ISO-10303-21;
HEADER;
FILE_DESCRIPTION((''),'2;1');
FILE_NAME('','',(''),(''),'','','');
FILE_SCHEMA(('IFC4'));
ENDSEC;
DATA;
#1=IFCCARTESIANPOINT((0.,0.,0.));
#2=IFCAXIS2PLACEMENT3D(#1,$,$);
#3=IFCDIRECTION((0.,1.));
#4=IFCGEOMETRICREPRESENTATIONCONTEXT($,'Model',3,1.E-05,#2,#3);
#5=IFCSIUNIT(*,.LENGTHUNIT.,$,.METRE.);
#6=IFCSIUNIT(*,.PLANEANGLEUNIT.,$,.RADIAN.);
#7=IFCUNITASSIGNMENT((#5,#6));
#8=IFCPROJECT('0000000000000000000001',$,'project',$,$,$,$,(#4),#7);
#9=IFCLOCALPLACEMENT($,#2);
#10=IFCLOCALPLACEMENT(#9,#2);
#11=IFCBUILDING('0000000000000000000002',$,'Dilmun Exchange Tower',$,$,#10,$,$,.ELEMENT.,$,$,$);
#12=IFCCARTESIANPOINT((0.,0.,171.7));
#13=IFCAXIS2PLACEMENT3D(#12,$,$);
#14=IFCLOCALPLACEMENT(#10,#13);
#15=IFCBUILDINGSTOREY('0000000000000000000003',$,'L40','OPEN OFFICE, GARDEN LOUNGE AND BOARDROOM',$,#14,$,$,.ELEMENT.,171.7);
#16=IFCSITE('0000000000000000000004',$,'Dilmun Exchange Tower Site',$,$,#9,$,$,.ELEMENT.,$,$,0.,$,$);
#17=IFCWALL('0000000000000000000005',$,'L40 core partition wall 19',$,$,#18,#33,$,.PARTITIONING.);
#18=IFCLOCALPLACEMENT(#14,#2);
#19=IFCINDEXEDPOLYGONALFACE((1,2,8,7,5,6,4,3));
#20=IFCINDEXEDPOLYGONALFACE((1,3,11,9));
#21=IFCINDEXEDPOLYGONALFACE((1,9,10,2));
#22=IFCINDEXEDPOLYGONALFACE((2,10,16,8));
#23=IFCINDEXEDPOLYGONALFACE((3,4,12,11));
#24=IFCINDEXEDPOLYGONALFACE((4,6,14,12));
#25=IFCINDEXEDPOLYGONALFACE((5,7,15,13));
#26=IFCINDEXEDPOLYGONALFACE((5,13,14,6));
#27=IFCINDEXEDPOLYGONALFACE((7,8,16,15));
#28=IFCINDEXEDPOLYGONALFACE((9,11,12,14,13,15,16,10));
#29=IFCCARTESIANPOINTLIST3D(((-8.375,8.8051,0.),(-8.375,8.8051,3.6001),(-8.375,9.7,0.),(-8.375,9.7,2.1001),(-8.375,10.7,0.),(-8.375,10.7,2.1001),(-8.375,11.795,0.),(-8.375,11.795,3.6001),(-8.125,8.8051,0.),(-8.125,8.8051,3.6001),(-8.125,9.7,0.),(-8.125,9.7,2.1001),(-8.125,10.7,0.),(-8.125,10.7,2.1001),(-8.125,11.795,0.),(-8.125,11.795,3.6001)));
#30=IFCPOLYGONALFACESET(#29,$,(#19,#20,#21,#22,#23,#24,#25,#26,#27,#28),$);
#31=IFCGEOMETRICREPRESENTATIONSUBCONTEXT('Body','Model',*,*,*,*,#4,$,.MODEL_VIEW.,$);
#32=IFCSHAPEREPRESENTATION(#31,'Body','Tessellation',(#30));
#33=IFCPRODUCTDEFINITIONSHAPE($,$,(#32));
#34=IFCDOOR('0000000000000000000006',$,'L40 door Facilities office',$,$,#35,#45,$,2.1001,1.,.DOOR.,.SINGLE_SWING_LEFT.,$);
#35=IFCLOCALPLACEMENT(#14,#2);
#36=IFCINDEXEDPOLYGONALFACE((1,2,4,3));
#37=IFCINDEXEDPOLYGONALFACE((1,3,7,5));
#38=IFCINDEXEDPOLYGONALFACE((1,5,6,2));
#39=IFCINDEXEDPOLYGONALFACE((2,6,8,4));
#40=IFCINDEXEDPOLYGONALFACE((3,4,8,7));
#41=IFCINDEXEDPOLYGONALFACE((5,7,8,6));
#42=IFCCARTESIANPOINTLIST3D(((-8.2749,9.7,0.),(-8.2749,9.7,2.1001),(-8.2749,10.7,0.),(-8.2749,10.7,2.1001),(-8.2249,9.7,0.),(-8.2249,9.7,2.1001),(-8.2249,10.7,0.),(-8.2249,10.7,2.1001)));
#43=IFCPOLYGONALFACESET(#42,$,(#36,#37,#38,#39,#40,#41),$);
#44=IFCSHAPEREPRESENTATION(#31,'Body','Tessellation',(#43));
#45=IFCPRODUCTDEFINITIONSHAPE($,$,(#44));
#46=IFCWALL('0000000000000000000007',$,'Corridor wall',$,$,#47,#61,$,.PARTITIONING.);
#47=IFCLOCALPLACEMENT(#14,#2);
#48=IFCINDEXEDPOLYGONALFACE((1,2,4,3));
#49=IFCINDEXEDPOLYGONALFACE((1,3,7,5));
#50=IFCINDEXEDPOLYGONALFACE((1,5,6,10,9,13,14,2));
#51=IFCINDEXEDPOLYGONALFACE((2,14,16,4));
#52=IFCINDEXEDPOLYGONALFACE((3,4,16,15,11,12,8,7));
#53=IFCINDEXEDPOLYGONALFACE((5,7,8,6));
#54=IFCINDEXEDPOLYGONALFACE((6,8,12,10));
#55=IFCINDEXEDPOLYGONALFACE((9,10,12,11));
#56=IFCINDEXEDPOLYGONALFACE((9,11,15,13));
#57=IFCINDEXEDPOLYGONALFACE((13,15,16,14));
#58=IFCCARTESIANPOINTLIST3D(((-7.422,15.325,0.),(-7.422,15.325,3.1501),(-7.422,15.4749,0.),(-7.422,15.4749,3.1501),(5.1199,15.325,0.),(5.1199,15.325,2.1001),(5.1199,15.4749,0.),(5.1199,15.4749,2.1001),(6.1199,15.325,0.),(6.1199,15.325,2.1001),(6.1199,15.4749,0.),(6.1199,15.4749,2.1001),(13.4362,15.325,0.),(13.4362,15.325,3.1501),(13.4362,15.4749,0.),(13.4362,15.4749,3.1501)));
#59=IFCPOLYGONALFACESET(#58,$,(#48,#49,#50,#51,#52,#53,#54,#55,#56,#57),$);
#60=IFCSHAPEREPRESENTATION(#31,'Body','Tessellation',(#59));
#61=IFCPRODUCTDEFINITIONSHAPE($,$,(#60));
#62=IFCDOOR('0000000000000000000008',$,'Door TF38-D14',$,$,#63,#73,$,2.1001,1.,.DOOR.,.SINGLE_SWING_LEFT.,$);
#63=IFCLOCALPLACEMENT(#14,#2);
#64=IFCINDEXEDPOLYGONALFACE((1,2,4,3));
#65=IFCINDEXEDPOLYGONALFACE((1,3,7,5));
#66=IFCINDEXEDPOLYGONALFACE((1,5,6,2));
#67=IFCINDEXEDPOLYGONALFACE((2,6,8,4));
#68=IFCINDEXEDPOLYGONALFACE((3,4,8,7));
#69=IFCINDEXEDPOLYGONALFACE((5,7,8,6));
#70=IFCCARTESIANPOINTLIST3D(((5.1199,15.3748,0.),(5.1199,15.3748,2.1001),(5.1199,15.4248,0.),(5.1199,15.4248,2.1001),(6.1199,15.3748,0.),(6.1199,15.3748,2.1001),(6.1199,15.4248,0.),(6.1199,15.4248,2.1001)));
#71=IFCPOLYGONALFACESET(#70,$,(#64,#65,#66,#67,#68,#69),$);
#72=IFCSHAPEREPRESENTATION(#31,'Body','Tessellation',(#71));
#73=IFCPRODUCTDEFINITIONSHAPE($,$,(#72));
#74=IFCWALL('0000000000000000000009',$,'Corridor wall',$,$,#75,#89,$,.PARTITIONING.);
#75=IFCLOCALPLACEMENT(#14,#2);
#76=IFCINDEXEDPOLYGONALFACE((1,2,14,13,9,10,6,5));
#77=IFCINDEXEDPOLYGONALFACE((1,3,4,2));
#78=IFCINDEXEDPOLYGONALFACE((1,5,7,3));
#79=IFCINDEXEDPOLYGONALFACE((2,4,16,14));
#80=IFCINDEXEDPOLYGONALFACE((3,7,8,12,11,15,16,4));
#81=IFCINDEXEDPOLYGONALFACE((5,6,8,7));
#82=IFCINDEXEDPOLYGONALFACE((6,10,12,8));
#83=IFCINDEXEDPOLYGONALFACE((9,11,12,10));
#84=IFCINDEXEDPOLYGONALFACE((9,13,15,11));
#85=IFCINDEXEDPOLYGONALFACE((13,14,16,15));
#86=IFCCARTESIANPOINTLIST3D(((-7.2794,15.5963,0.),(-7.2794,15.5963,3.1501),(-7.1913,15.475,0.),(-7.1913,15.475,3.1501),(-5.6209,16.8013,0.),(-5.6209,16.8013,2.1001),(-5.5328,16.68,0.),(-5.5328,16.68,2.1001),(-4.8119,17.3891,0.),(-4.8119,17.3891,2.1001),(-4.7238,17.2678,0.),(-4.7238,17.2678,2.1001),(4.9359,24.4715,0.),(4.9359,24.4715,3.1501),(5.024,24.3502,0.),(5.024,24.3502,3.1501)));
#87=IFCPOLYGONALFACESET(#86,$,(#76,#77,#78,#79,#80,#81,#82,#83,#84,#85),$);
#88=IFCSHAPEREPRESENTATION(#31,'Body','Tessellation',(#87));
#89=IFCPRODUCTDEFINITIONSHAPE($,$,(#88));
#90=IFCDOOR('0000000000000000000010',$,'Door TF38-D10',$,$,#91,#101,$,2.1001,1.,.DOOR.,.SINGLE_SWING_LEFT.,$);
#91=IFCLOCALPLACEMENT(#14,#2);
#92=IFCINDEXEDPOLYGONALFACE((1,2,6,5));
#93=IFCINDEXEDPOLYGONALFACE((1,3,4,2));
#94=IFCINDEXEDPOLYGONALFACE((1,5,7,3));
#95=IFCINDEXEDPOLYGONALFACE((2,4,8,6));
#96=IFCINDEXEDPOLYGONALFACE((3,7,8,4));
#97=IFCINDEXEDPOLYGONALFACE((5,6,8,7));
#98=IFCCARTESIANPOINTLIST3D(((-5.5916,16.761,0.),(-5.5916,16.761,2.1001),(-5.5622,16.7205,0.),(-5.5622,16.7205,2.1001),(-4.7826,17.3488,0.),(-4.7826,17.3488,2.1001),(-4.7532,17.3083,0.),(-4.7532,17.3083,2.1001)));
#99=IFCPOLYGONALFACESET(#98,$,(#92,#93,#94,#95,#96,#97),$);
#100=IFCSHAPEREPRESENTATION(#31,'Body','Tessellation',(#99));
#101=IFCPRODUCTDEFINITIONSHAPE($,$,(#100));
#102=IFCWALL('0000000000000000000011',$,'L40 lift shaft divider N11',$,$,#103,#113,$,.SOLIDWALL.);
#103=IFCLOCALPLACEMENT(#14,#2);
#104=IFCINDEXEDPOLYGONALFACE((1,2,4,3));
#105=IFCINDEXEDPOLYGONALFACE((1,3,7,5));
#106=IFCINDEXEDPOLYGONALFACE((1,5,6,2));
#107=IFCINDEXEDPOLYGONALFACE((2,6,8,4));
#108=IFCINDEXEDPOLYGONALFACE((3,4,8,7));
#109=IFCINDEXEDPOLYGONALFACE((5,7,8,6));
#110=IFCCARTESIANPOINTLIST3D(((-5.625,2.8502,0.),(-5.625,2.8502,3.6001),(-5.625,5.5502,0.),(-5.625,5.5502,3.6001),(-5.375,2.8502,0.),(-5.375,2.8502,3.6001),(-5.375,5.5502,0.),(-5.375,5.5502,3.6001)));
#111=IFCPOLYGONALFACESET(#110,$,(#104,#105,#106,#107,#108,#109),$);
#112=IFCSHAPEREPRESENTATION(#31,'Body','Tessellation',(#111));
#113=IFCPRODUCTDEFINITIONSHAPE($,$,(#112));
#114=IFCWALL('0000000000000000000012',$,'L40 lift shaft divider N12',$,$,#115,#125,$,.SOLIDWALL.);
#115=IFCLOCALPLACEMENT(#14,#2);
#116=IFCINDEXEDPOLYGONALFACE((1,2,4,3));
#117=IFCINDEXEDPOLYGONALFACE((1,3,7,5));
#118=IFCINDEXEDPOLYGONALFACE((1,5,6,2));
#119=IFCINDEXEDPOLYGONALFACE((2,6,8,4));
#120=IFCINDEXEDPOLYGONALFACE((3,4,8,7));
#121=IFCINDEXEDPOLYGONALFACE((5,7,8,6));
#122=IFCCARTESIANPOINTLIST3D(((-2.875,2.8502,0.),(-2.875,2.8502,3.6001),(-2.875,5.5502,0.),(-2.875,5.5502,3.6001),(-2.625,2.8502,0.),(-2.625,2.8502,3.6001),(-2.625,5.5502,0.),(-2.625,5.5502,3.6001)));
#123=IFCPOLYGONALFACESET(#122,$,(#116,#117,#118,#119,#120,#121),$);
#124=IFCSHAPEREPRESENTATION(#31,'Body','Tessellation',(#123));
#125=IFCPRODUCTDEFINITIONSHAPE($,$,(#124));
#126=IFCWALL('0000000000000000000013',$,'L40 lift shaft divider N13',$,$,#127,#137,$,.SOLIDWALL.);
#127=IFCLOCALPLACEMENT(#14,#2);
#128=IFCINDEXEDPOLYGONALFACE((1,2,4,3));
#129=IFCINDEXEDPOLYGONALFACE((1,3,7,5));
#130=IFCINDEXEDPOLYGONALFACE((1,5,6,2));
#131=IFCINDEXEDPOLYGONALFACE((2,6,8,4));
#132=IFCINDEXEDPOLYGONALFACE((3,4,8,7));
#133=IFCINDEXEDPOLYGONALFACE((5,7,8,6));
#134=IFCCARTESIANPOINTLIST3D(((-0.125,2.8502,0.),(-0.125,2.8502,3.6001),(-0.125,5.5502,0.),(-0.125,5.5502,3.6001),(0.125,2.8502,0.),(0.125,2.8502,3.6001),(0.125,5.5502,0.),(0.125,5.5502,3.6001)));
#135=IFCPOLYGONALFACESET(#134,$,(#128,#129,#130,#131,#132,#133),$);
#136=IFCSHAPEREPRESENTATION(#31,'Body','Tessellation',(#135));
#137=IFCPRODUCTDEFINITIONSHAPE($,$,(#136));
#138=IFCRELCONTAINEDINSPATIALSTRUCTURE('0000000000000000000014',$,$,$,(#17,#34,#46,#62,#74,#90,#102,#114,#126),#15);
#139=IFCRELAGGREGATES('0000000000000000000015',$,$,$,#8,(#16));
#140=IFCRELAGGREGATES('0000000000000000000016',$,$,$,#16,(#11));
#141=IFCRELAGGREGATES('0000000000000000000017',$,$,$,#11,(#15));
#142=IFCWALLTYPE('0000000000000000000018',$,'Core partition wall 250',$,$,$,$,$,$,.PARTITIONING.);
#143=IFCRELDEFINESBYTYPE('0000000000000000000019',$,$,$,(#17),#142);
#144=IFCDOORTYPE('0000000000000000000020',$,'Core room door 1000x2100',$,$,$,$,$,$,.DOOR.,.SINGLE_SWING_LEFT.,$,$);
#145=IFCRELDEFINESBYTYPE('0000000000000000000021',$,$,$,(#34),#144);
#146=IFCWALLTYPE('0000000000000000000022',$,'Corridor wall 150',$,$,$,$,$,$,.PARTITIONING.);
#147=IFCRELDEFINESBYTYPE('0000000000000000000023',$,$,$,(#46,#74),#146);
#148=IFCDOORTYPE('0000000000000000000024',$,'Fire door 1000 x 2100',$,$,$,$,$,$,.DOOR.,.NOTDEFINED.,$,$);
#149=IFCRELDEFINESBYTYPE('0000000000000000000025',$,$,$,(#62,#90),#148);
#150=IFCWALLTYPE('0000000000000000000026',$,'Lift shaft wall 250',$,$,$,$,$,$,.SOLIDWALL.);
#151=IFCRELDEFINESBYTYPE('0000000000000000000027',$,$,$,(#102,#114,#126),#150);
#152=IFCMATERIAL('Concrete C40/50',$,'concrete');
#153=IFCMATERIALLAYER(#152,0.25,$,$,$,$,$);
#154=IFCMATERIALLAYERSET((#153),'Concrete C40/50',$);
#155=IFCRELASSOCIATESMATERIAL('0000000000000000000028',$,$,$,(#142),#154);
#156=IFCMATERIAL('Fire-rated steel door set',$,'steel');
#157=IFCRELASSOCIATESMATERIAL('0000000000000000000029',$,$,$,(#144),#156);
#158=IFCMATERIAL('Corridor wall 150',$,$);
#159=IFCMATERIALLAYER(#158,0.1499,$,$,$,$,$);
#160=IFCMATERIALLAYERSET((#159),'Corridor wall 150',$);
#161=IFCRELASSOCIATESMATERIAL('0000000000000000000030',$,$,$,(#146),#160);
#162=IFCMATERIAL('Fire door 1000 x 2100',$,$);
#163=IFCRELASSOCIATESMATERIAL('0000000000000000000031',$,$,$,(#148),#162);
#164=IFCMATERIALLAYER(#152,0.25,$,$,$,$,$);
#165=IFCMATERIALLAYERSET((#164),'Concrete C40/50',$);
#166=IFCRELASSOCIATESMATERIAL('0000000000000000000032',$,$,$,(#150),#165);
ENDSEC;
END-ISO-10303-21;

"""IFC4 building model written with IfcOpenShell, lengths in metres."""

from ifc_helpers import new_model, si_unit, direction, frame, frame_2d, origin, place, context, subcontext, project, spatial, rectangle, extrude, material, layer, layer_set, type_object, element, fill, save


model = new_model("IFC4")

# Units and contexts
model_context = context("Model", 3, precision=1e-05, world=origin(), true_north=direction((0.0, 1.0)))
body_context = subcontext(model_context, "Body", "Model", "MODEL_VIEW")
ifc_project = project(units=[si_unit("LENGTHUNIT", "METRE"), si_unit("PLANEANGLEUNIT", "RADIAN")], contexts=[model_context])

# Site, building, storey
site_placement = place(None, origin())
site = spatial("IfcSite", under=ifc_project, at=site_placement, Name="Dilmun Exchange Tower Site", CompositionType="ELEMENT", RefElevation=0.0)
building_placement = place(site_placement, origin())
building = spatial("IfcBuilding", under=site, at=building_placement, Name="Dilmun Exchange Tower", CompositionType="ELEMENT")
storey_placement = place(building_placement, frame((0.0, 0.0, 171.7)))
storey = spatial("IfcBuildingStorey", under=building, at=storey_placement, Name="L40", Description="OPEN OFFICE, GARDEN LOUNGE AND BOARDROOM", CompositionType="ELEMENT", Elevation=171.7)

# Shared definitions
ifc_material_1 = material(Name="Concrete C40/50", Category="concrete")

# Shared definitions
ifc_layer_1 = layer(ifc_material_1, 0.25)
ifc_layer_set_1 = layer_set([ifc_layer_1], Name="Concrete C40/50")
wall_type_1 = type_object("IfcWallType", Name="Core partition wall 250", PredefinedType="PARTITIONING", material=ifc_layer_set_1)

# Walls, openings, doors
wall_1_placement = place(storey_placement, frame((-8.25, 8.8049, 0.0), z_axis=(0.0, 0.0, 1.0), x_axis=(0.0, 1.0, 0.0)))
wall_1 = element("IfcWall", 1, at=wall_1_placement, inside=storey, type_object=wall_type_1, Name="L40 core partition wall 19", PredefinedType="PARTITIONING", context=body_context, shape_type="SweptSolid", body=[
    extrude(rectangle(XDim=2.99, YDim=0.25, at=frame_2d((1.4951, 0.0))), origin(), (0.0, 0.0, 1.0), 3.6001),
])
opening_1_placement = place(wall_1_placement, frame((0.895, 0.0, 0.0)))
opening_1 = element("IfcOpeningElement", 2, at=opening_1_placement, cuts=wall_1, PredefinedType="OPENING", context=body_context, shape_type="SweptSolid", body=[
    extrude(rectangle(XDim=1.0, YDim=2.1001, at=frame_2d((0.5, 1.05))), frame((0.0, 0.135, 0.0), z_axis=(0.0, -1.0, 0.0), x_axis=(1.0, 0.0, 0.0)), (0.0, 0.0, 1.0), 0.27),
])
ifc_material_2 = material(Name="Fire-rated steel door set", Category="steel")
door_type_1 = type_object("IfcDoorType", Name="Core room door 1000x2100", OperationType="SINGLE_SWING_LEFT", PredefinedType="DOOR", material=ifc_material_2)
door_1_placement = place(opening_1_placement, origin())
door_1 = element("IfcDoor", 3, at=door_1_placement, inside=storey, type_object=door_type_1, Name="L40 door Facilities office", OperationType="SINGLE_SWING_LEFT", OverallHeight=2.1001, OverallWidth=1.0, PredefinedType="DOOR", context=body_context, shape_type="SweptSolid", body=[
    extrude(rectangle(XDim=1.0, YDim=2.1001, at=frame_2d((0.5, 1.05))), frame((0.0, 0.0249, 0.0), z_axis=(0.0, -1.0, 0.0), x_axis=(1.0, 0.0, 0.0)), (0.0, 0.0, 1.0), 0.05),
])
fill(opening_1, door_1)
ifc_material_3 = material(Name="Corridor wall 150")
ifc_layer_2 = layer(ifc_material_3, 0.1499)
ifc_layer_set_2 = layer_set([ifc_layer_2], Name="Corridor wall 150")
wall_type_2 = type_object("IfcWallType", Name="Corridor wall 150", PredefinedType="PARTITIONING", material=ifc_layer_set_2)
wall_2_placement = place(storey_placement, frame((-7.4221, 15.3999, 0.0), z_axis=(0.0, 0.0, 1.0), x_axis=(1.0, 0.0, 0.0)))
wall_2 = element("IfcWall", 4, at=wall_2_placement, inside=storey, type_object=wall_type_2, Name="Corridor wall", PredefinedType="PARTITIONING", context=body_context, shape_type="SweptSolid", body=[
    extrude(rectangle(XDim=20.8582, YDim=0.1499, at=frame_2d((10.4292, 0.0))), origin(), (0.0, 0.0, 1.0), 3.1501),
])
opening_2_placement = place(wall_2_placement, frame((12.542, 0.0, 0.0)))
opening_2 = element("IfcOpeningElement", 5, at=opening_2_placement, cuts=wall_2, PredefinedType="OPENING", context=body_context, shape_type="SweptSolid", body=[
    extrude(rectangle(XDim=1.0, YDim=2.1001, at=frame_2d((0.5, 1.05))), frame((0.0, 0.085, 0.0), z_axis=(0.0, -1.0, 0.0), x_axis=(1.0, 0.0, 0.0)), (0.0, 0.0, 1.0), 0.1699),
])
ifc_material_4 = material(Name="Fire door 1000 x 2100")
door_type_2 = type_object("IfcDoorType", Name="Fire door 1000 x 2100", OperationType="NOTDEFINED", PredefinedType="DOOR", material=ifc_material_4)
door_2_placement = place(opening_2_placement, origin())
door_2 = element("IfcDoor", 6, at=door_2_placement, inside=storey, type_object=door_type_2, Name="Door TF38-D14", OperationType="SINGLE_SWING_LEFT", OverallHeight=2.1001, OverallWidth=1.0, PredefinedType="DOOR", context=body_context, shape_type="SweptSolid", body=[
    extrude(rectangle(XDim=1.0, YDim=2.1001, at=frame_2d((0.5, 1.05))), frame((0.0, 0.0249, 0.0), z_axis=(0.0, -1.0, 0.0), x_axis=(1.0, 0.0, 0.0)), (0.0, 0.0, 1.0), 0.05),
])
fill(opening_2, door_2)
wall_3_placement = place(storey_placement, frame((-7.2354, 15.5356, 0.0), z_axis=(0.0, 0.0, 1.0), x_axis=(0.809008, 0.587798, 0.0)))
wall_3 = element("IfcWall", 7, at=wall_3_placement, inside=storey, type_object=wall_type_2, Name="Corridor wall", PredefinedType="PARTITIONING", context=body_context, shape_type="SweptSolid", body=[
    extrude(rectangle(XDim=15.0991, YDim=0.1499, at=frame_2d((7.5496, 0.0))), origin(), (0.0, 0.0, 1.0), 3.1501),
])
opening_3_placement = place(wall_3_placement, frame((2.05, 0.0, 0.0)))
opening_3 = element("IfcOpeningElement", 8, at=opening_3_placement, cuts=wall_3, PredefinedType="OPENING", context=body_context, shape_type="SweptSolid", body=[
    extrude(rectangle(XDim=1.0, YDim=2.1001, at=frame_2d((0.5, 1.05))), frame((0.0, 0.085, 0.0), z_axis=(0.0, -1.0, 0.0), x_axis=(1.0, 0.0, 0.0)), (0.0, 0.0, 1.0), 0.1699),
])
door_3_placement = place(opening_3_placement, frame((1.0, 0.0, 0.0), z_axis=(0.0, 0.0, 1.0), x_axis=(-1.0, 0.0, 0.0)))
door_3 = element("IfcDoor", 9, at=door_3_placement, inside=storey, type_object=door_type_2, Name="Door TF38-D10", OperationType="SINGLE_SWING_LEFT", OverallHeight=2.1001, OverallWidth=1.0, PredefinedType="DOOR", context=body_context, shape_type="SweptSolid", body=[
    extrude(rectangle(XDim=1.0, YDim=2.1001, at=frame_2d((0.5, 1.05))), frame((0.0, 0.0249, 0.0), z_axis=(0.0, -1.0, 0.0), x_axis=(1.0, 0.0, 0.0)), (0.0, 0.0, 1.0), 0.05),
])
fill(opening_3, door_3)

# Walls
ifc_layer_3 = layer(ifc_material_1, 0.25)
ifc_layer_set_3 = layer_set([ifc_layer_3], Name="Concrete C40/50")
wall_type_3 = type_object("IfcWallType", Name="Lift shaft wall 250", PredefinedType="SOLIDWALL", material=ifc_layer_set_3)
for number, where, z_axis, x_axis, name in (
    (10, (-5.5, 2.8501, 0.0), (0.0, 0.0, 1.0), (0.0, 1.0, 0.0), "L40 lift shaft divider N11"),
    (11, (-2.75, 2.8501, 0.0), (0.0, 0.0, 1.0), (0.0, 1.0, 0.0), "L40 lift shaft divider N12"),
    (12, (0.0, 2.8501, 0.0), (0.0, 0.0, 1.0), (0.0, 1.0, 0.0), "L40 lift shaft divider N13"),
):
    element("IfcWall", number, at=place(storey_placement, frame(where, z_axis=z_axis, x_axis=x_axis)), inside=storey, type_object=wall_type_3, Name=name, PredefinedType="SOLIDWALL", context=body_context, shape_type="SweptSolid", body=[
        extrude(rectangle(XDim=2.7, YDim=0.25, at=frame_2d((1.3501, 0.0))), origin(), (0.0, 0.0, 1.0), 3.6001),
    ])

save(model, "model.ifc")
